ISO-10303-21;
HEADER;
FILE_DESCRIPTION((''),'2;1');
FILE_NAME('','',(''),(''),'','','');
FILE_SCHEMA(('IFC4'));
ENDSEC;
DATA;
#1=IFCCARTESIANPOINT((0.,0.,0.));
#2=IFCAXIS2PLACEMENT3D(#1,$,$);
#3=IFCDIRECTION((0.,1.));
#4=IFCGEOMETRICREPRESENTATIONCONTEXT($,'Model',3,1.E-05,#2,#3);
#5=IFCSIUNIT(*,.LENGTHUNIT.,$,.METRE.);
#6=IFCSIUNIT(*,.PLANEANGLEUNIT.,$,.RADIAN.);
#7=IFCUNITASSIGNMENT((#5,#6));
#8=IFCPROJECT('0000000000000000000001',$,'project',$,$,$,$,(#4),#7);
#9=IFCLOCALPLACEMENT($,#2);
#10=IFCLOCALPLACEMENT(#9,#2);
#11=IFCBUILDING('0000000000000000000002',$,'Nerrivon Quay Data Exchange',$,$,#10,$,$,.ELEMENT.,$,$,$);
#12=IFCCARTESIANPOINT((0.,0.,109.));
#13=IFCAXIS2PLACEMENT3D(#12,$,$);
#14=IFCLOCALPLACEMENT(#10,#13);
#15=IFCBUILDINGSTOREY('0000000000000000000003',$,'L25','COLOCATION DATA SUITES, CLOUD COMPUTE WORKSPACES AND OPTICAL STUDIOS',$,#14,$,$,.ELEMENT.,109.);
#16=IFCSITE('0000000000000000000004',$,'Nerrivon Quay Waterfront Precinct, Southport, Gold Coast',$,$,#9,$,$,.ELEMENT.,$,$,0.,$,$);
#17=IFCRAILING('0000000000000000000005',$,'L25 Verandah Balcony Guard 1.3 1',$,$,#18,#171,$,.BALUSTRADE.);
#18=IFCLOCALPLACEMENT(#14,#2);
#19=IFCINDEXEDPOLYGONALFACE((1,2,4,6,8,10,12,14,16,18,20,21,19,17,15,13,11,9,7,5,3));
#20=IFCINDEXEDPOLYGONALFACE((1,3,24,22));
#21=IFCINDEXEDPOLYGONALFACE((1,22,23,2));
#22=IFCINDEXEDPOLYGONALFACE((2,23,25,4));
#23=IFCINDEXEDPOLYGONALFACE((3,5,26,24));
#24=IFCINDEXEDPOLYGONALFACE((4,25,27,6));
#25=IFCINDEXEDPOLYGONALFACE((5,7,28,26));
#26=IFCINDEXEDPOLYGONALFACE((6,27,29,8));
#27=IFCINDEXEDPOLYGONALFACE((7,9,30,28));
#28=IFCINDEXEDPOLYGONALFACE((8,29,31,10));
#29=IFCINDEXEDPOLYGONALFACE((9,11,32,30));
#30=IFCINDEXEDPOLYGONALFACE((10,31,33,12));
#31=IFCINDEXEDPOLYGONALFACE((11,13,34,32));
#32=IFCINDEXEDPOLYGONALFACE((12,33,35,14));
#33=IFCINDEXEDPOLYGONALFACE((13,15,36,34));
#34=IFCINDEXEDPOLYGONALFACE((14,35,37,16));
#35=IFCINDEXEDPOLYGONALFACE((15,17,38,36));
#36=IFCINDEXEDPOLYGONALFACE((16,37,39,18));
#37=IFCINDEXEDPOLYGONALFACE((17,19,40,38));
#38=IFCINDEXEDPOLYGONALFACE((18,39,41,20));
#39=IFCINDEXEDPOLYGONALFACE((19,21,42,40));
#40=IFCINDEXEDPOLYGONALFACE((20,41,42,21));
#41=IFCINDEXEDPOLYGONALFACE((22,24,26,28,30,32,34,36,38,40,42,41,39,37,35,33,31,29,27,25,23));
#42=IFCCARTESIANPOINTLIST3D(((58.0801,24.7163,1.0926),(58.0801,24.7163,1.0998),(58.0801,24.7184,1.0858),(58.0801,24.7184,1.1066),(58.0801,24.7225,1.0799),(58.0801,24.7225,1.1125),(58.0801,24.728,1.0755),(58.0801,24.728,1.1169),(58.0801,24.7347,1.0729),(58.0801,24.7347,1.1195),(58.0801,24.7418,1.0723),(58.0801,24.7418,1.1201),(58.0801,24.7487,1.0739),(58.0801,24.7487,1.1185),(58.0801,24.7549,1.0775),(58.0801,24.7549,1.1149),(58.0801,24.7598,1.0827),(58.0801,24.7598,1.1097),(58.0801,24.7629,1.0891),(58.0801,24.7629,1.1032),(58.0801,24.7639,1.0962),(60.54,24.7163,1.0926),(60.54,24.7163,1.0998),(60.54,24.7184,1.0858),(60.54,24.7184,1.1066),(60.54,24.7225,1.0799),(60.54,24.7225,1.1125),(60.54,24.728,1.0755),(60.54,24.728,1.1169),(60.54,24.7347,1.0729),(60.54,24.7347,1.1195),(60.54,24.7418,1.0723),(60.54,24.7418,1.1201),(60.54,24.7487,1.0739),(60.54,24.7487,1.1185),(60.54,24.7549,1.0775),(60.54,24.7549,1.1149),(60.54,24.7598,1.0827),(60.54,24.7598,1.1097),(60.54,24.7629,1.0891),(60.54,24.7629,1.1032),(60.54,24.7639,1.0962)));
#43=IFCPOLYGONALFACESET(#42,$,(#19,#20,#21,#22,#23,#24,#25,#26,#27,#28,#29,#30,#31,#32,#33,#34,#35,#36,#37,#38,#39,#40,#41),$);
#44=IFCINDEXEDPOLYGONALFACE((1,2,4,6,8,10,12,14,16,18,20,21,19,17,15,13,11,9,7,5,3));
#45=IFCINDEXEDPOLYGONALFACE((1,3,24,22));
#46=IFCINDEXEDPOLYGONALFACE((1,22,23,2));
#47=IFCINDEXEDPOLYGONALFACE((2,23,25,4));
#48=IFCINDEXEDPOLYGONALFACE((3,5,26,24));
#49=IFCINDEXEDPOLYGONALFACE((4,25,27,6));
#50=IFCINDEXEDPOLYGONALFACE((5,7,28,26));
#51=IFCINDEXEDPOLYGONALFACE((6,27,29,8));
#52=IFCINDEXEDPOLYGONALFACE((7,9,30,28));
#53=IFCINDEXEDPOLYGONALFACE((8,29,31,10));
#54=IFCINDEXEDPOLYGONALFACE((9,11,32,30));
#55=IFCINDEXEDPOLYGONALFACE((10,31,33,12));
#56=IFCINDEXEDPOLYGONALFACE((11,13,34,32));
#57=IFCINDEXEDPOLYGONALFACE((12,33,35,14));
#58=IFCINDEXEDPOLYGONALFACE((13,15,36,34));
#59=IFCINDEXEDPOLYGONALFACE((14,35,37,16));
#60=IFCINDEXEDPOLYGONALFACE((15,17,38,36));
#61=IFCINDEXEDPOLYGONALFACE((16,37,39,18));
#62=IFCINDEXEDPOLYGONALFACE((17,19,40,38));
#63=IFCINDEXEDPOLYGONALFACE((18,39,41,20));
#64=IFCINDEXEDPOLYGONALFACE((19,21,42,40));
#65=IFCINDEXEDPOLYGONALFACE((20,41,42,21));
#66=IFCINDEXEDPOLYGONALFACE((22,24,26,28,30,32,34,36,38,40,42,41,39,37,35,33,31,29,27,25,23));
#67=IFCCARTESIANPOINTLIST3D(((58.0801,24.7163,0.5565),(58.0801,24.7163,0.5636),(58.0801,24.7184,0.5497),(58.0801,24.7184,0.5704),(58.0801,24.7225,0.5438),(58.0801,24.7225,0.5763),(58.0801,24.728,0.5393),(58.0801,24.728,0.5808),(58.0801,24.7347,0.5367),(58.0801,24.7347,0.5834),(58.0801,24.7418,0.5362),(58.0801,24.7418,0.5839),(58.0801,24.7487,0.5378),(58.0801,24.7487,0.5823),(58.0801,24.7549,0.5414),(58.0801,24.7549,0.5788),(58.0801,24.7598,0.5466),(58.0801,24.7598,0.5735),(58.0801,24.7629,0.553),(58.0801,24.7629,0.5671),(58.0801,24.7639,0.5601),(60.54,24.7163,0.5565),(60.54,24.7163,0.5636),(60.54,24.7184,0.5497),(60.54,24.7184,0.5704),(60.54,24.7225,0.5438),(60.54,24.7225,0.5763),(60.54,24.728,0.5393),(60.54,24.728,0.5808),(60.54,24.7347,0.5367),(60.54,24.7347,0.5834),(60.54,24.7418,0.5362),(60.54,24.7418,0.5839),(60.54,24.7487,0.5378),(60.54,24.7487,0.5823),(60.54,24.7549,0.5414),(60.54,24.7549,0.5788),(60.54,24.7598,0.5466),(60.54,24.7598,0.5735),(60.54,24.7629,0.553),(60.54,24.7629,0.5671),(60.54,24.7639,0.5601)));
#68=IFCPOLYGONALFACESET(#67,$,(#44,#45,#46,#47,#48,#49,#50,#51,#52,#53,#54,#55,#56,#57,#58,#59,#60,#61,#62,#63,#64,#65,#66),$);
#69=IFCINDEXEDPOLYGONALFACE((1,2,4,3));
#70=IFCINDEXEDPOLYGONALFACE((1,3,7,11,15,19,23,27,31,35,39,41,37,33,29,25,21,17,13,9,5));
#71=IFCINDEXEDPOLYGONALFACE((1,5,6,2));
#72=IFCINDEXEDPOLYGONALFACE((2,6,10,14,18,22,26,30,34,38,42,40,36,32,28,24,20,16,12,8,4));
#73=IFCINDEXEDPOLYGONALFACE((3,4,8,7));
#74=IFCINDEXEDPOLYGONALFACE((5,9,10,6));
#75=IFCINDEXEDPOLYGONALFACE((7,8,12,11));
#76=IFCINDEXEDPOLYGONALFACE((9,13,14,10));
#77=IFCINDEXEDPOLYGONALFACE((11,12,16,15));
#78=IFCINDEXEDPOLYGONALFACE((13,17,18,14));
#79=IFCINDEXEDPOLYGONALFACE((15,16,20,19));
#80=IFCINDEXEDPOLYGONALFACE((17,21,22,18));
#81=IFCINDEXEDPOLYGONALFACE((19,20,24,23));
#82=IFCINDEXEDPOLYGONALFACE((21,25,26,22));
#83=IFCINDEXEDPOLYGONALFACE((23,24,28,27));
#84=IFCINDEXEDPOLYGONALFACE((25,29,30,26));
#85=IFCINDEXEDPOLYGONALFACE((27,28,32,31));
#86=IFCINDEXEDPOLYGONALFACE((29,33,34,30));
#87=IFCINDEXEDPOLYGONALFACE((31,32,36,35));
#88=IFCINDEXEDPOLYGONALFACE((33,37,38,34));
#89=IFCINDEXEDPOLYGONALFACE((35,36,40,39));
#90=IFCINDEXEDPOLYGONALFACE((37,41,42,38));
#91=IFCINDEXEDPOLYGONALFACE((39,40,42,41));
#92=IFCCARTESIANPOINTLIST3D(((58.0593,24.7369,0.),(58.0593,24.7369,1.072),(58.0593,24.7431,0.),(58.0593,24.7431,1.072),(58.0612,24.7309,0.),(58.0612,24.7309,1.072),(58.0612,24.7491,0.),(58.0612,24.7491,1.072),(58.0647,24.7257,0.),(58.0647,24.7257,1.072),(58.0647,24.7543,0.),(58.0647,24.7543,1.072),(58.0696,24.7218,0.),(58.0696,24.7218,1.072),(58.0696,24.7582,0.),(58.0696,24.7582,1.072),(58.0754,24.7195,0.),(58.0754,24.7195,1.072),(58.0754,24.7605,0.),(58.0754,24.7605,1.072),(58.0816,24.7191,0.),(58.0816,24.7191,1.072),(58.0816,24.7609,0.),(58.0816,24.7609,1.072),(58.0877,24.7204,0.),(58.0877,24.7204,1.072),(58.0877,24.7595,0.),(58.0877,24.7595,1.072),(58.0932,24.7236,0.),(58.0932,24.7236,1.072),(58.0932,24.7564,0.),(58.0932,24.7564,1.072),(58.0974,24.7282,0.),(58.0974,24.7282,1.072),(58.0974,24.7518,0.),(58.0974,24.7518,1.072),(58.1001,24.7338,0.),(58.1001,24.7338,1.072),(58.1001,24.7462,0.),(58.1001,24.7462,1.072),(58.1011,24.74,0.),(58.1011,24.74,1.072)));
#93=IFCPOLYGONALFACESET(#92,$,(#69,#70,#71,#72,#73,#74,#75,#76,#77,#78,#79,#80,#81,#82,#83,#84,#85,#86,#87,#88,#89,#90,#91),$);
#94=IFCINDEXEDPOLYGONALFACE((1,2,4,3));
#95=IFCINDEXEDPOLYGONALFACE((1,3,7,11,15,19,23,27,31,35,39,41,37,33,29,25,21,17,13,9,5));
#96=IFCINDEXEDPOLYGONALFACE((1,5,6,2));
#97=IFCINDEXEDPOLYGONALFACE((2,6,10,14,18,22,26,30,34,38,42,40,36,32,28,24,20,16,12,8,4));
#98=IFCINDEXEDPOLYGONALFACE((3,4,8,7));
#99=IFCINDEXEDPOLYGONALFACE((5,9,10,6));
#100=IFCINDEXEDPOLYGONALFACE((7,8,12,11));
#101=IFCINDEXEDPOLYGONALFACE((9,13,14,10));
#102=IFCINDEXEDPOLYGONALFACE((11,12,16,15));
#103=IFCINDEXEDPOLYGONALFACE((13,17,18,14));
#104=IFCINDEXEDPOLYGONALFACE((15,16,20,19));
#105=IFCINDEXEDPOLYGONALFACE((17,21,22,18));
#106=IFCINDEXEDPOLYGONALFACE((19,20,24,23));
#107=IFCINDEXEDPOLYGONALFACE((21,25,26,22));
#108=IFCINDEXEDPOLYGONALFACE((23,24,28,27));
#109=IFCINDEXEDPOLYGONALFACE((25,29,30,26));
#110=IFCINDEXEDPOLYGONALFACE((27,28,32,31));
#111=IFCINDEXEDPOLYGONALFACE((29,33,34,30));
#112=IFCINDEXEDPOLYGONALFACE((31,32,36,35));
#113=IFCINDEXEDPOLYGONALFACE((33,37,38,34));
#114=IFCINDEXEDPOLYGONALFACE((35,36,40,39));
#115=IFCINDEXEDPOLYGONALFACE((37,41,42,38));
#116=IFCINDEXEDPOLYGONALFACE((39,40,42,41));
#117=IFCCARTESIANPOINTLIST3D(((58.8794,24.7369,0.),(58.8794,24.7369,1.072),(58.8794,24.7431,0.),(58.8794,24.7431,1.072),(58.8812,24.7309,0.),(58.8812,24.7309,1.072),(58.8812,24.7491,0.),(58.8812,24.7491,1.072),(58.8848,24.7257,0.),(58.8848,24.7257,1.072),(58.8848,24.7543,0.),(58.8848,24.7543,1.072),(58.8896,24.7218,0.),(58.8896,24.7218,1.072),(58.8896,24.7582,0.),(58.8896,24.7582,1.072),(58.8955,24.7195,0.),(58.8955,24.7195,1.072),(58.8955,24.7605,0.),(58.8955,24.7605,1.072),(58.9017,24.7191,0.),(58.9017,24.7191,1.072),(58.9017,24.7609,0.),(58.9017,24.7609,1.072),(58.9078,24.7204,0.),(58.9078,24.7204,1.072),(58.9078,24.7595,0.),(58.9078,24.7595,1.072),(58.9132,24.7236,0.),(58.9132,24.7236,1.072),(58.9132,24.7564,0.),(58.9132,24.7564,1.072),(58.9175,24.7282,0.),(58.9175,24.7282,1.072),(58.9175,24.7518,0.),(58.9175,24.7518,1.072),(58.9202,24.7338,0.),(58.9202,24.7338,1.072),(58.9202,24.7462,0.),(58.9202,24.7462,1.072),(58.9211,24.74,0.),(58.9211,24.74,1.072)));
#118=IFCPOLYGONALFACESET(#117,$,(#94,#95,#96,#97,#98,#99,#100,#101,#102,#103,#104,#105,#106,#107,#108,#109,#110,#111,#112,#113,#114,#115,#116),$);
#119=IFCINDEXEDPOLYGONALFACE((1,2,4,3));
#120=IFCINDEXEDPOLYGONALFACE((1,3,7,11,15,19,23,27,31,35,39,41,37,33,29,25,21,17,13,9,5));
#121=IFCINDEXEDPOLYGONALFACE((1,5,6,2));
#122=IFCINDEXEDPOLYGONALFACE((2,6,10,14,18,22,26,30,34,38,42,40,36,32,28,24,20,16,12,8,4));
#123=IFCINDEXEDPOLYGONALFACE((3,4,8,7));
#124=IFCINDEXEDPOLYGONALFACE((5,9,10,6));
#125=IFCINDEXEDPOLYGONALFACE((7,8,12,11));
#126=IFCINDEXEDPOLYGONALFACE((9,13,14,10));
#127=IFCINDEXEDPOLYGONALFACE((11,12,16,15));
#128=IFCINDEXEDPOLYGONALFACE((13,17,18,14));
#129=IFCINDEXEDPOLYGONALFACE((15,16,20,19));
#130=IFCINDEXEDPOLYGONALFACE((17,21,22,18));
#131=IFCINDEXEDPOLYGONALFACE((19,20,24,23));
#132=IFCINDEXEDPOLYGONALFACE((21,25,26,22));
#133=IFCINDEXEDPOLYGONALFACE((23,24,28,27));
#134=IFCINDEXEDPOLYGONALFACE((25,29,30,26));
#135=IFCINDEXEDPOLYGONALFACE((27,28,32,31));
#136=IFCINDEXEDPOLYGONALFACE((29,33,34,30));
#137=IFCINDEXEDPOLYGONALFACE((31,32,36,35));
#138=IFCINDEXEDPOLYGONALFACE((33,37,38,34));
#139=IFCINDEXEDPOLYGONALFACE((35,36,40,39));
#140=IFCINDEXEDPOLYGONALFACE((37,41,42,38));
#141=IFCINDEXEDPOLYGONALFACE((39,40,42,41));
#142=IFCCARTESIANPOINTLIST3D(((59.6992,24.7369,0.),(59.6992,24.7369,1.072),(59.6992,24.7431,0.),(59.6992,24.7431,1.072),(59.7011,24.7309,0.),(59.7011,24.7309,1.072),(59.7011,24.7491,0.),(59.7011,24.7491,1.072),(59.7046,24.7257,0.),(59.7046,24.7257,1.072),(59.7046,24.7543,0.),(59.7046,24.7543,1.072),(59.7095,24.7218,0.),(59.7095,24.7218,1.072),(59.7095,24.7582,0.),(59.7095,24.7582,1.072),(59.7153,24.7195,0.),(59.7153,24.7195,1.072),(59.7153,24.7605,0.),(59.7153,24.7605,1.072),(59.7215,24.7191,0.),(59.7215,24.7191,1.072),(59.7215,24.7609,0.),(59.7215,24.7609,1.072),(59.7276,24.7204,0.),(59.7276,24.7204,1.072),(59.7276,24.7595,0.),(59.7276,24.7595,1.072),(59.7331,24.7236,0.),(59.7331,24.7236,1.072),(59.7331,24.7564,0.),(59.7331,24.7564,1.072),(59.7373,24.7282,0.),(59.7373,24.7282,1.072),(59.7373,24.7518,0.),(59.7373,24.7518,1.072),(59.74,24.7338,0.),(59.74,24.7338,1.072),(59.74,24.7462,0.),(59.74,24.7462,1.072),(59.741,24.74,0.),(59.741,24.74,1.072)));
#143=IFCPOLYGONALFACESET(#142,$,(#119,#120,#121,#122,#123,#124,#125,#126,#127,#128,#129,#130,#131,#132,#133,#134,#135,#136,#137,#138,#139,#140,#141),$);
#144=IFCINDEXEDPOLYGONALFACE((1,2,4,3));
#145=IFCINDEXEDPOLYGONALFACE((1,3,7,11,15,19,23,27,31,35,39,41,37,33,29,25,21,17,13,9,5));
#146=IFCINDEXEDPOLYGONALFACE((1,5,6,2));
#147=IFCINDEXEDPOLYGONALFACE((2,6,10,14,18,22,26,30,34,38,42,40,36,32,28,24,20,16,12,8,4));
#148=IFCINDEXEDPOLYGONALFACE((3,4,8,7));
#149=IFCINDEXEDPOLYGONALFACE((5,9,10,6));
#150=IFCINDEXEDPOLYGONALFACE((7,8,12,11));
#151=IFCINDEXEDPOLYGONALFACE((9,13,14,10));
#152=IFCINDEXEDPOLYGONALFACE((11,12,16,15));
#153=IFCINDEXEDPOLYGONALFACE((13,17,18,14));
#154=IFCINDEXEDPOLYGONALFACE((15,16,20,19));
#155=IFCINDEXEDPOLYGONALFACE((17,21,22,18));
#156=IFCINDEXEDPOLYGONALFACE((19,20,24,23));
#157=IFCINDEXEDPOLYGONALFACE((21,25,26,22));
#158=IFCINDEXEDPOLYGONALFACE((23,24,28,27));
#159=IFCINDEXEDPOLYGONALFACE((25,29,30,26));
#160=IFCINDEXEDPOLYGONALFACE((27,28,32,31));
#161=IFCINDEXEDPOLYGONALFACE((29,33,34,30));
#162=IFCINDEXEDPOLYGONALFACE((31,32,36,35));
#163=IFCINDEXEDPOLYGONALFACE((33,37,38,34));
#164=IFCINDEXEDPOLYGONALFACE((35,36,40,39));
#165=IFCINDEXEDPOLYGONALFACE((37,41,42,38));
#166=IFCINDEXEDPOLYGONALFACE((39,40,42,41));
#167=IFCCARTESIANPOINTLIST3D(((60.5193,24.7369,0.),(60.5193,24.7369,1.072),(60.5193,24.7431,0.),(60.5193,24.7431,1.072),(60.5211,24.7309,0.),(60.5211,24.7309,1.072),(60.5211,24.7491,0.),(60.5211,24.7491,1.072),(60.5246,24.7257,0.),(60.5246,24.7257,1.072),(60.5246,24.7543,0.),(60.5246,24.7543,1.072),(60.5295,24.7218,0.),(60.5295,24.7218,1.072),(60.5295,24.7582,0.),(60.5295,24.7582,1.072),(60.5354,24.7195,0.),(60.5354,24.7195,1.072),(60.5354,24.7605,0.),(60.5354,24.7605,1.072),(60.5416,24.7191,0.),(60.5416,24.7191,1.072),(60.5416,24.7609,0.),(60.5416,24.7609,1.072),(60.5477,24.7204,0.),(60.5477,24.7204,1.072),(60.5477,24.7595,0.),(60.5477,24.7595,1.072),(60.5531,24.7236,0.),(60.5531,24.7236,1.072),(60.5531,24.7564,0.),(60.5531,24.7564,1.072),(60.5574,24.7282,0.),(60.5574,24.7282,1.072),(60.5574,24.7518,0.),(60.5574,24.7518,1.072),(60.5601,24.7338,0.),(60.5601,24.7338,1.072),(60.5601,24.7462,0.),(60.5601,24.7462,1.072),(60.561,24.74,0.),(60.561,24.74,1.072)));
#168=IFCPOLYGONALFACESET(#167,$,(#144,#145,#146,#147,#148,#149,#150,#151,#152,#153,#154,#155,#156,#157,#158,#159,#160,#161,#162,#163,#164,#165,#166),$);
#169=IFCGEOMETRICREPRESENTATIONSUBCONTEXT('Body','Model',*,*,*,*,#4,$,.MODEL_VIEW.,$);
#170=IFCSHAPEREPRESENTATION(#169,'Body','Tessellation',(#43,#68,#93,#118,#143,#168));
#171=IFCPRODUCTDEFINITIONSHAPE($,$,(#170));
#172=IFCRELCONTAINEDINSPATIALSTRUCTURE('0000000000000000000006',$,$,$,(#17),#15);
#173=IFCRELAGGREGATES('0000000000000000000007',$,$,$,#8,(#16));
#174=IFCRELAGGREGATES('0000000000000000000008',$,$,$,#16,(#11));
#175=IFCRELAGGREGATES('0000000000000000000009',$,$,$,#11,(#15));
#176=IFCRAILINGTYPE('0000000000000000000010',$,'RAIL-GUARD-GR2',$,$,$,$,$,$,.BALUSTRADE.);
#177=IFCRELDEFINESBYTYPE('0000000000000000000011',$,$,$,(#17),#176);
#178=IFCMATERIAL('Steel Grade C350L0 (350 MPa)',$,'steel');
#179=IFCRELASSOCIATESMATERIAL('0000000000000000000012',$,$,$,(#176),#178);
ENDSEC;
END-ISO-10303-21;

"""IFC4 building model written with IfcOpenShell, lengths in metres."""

from ifc_helpers import new_model, si_unit, direction, frame, origin, origin_2d, place, context, subcontext, project, spatial, circle, extrude, material, type_object, element, save


model = new_model("IFC4")

# Units and contexts
model_context = context("Model", 3, precision=1e-05, world=origin(), true_north=direction((0.0, 1.0)))
body_context = subcontext(model_context, "Body", "Model", "MODEL_VIEW")
ifc_project = project(units=[si_unit("LENGTHUNIT", "METRE"), si_unit("PLANEANGLEUNIT", "RADIAN")], contexts=[model_context])

# Site, building, storey
site_placement = place(None, origin())
site = spatial("IfcSite", under=ifc_project, at=site_placement, Name="Nerrivon Quay Waterfront Precinct, Southport, Gold Coast", CompositionType="ELEMENT", RefElevation=0.0)
building_placement = place(site_placement, origin())
building = spatial("IfcBuilding", under=site, at=building_placement, Name="Nerrivon Quay Data Exchange", CompositionType="ELEMENT")
storey_placement = place(building_placement, frame((0.0, 0.0, 109.0)))
storey = spatial("IfcBuildingStorey", under=building, at=storey_placement, Name="L25", Description="COLOCATION DATA SUITES, CLOUD COMPUTE WORKSPACES AND OPTICAL STUDIOS", CompositionType="ELEMENT", Elevation=109.0)

# Shared definitions
ifc_material_1 = material(Name="Steel Grade C350L0 (350 MPa)", Category="steel")

# Railing
railing_type = type_object("IfcRailingType", Name="RAIL-GUARD-GR2", PredefinedType="BALUSTRADE", material=ifc_material_1)
railing_1_placement = place(storey_placement, frame((58.0801, 24.74, 0.0)))
element("IfcRailing", 1, at=railing_1_placement, inside=storey, type_object=railing_type, Name="L25 Verandah Balcony Guard 1.3 1", PredefinedType="BALUSTRADE", context=body_context, shape_type="SweptSolid", body=[
    extrude(circle(Radius=0.0239, at=origin_2d()), frame((0.0, 0.0, 1.0962), z_axis=(1.0, 0.0, 0.0), x_axis=(0.0, 1.0, 0.0)), (0.0, 0.0, 1.0), 2.46),
    extrude(circle(Radius=0.0239, at=origin_2d()), frame((0.0, 0.0, 0.5601), z_axis=(1.0, 0.0, 0.0), x_axis=(0.0, 1.0, 0.0)), (0.0, 0.0, 1.0), 2.46),
    extrude(circle(Radius=0.021, at=origin_2d()), origin(), (0.0, 0.0, 1.0), 1.072),
    extrude(circle(Radius=0.021, at=origin_2d()), frame((0.8201, 0.0, 0.0)), (0.0, 0.0, 1.0), 1.072),
    extrude(circle(Radius=0.021, at=origin_2d()), frame((1.6399, 0.0, 0.0)), (0.0, 0.0, 1.0), 1.072),
    extrude(circle(Radius=0.021, at=origin_2d()), frame((2.46, 0.0, 0.0)), (0.0, 0.0, 1.0), 1.072),
])

save(model, "model.ifc")
